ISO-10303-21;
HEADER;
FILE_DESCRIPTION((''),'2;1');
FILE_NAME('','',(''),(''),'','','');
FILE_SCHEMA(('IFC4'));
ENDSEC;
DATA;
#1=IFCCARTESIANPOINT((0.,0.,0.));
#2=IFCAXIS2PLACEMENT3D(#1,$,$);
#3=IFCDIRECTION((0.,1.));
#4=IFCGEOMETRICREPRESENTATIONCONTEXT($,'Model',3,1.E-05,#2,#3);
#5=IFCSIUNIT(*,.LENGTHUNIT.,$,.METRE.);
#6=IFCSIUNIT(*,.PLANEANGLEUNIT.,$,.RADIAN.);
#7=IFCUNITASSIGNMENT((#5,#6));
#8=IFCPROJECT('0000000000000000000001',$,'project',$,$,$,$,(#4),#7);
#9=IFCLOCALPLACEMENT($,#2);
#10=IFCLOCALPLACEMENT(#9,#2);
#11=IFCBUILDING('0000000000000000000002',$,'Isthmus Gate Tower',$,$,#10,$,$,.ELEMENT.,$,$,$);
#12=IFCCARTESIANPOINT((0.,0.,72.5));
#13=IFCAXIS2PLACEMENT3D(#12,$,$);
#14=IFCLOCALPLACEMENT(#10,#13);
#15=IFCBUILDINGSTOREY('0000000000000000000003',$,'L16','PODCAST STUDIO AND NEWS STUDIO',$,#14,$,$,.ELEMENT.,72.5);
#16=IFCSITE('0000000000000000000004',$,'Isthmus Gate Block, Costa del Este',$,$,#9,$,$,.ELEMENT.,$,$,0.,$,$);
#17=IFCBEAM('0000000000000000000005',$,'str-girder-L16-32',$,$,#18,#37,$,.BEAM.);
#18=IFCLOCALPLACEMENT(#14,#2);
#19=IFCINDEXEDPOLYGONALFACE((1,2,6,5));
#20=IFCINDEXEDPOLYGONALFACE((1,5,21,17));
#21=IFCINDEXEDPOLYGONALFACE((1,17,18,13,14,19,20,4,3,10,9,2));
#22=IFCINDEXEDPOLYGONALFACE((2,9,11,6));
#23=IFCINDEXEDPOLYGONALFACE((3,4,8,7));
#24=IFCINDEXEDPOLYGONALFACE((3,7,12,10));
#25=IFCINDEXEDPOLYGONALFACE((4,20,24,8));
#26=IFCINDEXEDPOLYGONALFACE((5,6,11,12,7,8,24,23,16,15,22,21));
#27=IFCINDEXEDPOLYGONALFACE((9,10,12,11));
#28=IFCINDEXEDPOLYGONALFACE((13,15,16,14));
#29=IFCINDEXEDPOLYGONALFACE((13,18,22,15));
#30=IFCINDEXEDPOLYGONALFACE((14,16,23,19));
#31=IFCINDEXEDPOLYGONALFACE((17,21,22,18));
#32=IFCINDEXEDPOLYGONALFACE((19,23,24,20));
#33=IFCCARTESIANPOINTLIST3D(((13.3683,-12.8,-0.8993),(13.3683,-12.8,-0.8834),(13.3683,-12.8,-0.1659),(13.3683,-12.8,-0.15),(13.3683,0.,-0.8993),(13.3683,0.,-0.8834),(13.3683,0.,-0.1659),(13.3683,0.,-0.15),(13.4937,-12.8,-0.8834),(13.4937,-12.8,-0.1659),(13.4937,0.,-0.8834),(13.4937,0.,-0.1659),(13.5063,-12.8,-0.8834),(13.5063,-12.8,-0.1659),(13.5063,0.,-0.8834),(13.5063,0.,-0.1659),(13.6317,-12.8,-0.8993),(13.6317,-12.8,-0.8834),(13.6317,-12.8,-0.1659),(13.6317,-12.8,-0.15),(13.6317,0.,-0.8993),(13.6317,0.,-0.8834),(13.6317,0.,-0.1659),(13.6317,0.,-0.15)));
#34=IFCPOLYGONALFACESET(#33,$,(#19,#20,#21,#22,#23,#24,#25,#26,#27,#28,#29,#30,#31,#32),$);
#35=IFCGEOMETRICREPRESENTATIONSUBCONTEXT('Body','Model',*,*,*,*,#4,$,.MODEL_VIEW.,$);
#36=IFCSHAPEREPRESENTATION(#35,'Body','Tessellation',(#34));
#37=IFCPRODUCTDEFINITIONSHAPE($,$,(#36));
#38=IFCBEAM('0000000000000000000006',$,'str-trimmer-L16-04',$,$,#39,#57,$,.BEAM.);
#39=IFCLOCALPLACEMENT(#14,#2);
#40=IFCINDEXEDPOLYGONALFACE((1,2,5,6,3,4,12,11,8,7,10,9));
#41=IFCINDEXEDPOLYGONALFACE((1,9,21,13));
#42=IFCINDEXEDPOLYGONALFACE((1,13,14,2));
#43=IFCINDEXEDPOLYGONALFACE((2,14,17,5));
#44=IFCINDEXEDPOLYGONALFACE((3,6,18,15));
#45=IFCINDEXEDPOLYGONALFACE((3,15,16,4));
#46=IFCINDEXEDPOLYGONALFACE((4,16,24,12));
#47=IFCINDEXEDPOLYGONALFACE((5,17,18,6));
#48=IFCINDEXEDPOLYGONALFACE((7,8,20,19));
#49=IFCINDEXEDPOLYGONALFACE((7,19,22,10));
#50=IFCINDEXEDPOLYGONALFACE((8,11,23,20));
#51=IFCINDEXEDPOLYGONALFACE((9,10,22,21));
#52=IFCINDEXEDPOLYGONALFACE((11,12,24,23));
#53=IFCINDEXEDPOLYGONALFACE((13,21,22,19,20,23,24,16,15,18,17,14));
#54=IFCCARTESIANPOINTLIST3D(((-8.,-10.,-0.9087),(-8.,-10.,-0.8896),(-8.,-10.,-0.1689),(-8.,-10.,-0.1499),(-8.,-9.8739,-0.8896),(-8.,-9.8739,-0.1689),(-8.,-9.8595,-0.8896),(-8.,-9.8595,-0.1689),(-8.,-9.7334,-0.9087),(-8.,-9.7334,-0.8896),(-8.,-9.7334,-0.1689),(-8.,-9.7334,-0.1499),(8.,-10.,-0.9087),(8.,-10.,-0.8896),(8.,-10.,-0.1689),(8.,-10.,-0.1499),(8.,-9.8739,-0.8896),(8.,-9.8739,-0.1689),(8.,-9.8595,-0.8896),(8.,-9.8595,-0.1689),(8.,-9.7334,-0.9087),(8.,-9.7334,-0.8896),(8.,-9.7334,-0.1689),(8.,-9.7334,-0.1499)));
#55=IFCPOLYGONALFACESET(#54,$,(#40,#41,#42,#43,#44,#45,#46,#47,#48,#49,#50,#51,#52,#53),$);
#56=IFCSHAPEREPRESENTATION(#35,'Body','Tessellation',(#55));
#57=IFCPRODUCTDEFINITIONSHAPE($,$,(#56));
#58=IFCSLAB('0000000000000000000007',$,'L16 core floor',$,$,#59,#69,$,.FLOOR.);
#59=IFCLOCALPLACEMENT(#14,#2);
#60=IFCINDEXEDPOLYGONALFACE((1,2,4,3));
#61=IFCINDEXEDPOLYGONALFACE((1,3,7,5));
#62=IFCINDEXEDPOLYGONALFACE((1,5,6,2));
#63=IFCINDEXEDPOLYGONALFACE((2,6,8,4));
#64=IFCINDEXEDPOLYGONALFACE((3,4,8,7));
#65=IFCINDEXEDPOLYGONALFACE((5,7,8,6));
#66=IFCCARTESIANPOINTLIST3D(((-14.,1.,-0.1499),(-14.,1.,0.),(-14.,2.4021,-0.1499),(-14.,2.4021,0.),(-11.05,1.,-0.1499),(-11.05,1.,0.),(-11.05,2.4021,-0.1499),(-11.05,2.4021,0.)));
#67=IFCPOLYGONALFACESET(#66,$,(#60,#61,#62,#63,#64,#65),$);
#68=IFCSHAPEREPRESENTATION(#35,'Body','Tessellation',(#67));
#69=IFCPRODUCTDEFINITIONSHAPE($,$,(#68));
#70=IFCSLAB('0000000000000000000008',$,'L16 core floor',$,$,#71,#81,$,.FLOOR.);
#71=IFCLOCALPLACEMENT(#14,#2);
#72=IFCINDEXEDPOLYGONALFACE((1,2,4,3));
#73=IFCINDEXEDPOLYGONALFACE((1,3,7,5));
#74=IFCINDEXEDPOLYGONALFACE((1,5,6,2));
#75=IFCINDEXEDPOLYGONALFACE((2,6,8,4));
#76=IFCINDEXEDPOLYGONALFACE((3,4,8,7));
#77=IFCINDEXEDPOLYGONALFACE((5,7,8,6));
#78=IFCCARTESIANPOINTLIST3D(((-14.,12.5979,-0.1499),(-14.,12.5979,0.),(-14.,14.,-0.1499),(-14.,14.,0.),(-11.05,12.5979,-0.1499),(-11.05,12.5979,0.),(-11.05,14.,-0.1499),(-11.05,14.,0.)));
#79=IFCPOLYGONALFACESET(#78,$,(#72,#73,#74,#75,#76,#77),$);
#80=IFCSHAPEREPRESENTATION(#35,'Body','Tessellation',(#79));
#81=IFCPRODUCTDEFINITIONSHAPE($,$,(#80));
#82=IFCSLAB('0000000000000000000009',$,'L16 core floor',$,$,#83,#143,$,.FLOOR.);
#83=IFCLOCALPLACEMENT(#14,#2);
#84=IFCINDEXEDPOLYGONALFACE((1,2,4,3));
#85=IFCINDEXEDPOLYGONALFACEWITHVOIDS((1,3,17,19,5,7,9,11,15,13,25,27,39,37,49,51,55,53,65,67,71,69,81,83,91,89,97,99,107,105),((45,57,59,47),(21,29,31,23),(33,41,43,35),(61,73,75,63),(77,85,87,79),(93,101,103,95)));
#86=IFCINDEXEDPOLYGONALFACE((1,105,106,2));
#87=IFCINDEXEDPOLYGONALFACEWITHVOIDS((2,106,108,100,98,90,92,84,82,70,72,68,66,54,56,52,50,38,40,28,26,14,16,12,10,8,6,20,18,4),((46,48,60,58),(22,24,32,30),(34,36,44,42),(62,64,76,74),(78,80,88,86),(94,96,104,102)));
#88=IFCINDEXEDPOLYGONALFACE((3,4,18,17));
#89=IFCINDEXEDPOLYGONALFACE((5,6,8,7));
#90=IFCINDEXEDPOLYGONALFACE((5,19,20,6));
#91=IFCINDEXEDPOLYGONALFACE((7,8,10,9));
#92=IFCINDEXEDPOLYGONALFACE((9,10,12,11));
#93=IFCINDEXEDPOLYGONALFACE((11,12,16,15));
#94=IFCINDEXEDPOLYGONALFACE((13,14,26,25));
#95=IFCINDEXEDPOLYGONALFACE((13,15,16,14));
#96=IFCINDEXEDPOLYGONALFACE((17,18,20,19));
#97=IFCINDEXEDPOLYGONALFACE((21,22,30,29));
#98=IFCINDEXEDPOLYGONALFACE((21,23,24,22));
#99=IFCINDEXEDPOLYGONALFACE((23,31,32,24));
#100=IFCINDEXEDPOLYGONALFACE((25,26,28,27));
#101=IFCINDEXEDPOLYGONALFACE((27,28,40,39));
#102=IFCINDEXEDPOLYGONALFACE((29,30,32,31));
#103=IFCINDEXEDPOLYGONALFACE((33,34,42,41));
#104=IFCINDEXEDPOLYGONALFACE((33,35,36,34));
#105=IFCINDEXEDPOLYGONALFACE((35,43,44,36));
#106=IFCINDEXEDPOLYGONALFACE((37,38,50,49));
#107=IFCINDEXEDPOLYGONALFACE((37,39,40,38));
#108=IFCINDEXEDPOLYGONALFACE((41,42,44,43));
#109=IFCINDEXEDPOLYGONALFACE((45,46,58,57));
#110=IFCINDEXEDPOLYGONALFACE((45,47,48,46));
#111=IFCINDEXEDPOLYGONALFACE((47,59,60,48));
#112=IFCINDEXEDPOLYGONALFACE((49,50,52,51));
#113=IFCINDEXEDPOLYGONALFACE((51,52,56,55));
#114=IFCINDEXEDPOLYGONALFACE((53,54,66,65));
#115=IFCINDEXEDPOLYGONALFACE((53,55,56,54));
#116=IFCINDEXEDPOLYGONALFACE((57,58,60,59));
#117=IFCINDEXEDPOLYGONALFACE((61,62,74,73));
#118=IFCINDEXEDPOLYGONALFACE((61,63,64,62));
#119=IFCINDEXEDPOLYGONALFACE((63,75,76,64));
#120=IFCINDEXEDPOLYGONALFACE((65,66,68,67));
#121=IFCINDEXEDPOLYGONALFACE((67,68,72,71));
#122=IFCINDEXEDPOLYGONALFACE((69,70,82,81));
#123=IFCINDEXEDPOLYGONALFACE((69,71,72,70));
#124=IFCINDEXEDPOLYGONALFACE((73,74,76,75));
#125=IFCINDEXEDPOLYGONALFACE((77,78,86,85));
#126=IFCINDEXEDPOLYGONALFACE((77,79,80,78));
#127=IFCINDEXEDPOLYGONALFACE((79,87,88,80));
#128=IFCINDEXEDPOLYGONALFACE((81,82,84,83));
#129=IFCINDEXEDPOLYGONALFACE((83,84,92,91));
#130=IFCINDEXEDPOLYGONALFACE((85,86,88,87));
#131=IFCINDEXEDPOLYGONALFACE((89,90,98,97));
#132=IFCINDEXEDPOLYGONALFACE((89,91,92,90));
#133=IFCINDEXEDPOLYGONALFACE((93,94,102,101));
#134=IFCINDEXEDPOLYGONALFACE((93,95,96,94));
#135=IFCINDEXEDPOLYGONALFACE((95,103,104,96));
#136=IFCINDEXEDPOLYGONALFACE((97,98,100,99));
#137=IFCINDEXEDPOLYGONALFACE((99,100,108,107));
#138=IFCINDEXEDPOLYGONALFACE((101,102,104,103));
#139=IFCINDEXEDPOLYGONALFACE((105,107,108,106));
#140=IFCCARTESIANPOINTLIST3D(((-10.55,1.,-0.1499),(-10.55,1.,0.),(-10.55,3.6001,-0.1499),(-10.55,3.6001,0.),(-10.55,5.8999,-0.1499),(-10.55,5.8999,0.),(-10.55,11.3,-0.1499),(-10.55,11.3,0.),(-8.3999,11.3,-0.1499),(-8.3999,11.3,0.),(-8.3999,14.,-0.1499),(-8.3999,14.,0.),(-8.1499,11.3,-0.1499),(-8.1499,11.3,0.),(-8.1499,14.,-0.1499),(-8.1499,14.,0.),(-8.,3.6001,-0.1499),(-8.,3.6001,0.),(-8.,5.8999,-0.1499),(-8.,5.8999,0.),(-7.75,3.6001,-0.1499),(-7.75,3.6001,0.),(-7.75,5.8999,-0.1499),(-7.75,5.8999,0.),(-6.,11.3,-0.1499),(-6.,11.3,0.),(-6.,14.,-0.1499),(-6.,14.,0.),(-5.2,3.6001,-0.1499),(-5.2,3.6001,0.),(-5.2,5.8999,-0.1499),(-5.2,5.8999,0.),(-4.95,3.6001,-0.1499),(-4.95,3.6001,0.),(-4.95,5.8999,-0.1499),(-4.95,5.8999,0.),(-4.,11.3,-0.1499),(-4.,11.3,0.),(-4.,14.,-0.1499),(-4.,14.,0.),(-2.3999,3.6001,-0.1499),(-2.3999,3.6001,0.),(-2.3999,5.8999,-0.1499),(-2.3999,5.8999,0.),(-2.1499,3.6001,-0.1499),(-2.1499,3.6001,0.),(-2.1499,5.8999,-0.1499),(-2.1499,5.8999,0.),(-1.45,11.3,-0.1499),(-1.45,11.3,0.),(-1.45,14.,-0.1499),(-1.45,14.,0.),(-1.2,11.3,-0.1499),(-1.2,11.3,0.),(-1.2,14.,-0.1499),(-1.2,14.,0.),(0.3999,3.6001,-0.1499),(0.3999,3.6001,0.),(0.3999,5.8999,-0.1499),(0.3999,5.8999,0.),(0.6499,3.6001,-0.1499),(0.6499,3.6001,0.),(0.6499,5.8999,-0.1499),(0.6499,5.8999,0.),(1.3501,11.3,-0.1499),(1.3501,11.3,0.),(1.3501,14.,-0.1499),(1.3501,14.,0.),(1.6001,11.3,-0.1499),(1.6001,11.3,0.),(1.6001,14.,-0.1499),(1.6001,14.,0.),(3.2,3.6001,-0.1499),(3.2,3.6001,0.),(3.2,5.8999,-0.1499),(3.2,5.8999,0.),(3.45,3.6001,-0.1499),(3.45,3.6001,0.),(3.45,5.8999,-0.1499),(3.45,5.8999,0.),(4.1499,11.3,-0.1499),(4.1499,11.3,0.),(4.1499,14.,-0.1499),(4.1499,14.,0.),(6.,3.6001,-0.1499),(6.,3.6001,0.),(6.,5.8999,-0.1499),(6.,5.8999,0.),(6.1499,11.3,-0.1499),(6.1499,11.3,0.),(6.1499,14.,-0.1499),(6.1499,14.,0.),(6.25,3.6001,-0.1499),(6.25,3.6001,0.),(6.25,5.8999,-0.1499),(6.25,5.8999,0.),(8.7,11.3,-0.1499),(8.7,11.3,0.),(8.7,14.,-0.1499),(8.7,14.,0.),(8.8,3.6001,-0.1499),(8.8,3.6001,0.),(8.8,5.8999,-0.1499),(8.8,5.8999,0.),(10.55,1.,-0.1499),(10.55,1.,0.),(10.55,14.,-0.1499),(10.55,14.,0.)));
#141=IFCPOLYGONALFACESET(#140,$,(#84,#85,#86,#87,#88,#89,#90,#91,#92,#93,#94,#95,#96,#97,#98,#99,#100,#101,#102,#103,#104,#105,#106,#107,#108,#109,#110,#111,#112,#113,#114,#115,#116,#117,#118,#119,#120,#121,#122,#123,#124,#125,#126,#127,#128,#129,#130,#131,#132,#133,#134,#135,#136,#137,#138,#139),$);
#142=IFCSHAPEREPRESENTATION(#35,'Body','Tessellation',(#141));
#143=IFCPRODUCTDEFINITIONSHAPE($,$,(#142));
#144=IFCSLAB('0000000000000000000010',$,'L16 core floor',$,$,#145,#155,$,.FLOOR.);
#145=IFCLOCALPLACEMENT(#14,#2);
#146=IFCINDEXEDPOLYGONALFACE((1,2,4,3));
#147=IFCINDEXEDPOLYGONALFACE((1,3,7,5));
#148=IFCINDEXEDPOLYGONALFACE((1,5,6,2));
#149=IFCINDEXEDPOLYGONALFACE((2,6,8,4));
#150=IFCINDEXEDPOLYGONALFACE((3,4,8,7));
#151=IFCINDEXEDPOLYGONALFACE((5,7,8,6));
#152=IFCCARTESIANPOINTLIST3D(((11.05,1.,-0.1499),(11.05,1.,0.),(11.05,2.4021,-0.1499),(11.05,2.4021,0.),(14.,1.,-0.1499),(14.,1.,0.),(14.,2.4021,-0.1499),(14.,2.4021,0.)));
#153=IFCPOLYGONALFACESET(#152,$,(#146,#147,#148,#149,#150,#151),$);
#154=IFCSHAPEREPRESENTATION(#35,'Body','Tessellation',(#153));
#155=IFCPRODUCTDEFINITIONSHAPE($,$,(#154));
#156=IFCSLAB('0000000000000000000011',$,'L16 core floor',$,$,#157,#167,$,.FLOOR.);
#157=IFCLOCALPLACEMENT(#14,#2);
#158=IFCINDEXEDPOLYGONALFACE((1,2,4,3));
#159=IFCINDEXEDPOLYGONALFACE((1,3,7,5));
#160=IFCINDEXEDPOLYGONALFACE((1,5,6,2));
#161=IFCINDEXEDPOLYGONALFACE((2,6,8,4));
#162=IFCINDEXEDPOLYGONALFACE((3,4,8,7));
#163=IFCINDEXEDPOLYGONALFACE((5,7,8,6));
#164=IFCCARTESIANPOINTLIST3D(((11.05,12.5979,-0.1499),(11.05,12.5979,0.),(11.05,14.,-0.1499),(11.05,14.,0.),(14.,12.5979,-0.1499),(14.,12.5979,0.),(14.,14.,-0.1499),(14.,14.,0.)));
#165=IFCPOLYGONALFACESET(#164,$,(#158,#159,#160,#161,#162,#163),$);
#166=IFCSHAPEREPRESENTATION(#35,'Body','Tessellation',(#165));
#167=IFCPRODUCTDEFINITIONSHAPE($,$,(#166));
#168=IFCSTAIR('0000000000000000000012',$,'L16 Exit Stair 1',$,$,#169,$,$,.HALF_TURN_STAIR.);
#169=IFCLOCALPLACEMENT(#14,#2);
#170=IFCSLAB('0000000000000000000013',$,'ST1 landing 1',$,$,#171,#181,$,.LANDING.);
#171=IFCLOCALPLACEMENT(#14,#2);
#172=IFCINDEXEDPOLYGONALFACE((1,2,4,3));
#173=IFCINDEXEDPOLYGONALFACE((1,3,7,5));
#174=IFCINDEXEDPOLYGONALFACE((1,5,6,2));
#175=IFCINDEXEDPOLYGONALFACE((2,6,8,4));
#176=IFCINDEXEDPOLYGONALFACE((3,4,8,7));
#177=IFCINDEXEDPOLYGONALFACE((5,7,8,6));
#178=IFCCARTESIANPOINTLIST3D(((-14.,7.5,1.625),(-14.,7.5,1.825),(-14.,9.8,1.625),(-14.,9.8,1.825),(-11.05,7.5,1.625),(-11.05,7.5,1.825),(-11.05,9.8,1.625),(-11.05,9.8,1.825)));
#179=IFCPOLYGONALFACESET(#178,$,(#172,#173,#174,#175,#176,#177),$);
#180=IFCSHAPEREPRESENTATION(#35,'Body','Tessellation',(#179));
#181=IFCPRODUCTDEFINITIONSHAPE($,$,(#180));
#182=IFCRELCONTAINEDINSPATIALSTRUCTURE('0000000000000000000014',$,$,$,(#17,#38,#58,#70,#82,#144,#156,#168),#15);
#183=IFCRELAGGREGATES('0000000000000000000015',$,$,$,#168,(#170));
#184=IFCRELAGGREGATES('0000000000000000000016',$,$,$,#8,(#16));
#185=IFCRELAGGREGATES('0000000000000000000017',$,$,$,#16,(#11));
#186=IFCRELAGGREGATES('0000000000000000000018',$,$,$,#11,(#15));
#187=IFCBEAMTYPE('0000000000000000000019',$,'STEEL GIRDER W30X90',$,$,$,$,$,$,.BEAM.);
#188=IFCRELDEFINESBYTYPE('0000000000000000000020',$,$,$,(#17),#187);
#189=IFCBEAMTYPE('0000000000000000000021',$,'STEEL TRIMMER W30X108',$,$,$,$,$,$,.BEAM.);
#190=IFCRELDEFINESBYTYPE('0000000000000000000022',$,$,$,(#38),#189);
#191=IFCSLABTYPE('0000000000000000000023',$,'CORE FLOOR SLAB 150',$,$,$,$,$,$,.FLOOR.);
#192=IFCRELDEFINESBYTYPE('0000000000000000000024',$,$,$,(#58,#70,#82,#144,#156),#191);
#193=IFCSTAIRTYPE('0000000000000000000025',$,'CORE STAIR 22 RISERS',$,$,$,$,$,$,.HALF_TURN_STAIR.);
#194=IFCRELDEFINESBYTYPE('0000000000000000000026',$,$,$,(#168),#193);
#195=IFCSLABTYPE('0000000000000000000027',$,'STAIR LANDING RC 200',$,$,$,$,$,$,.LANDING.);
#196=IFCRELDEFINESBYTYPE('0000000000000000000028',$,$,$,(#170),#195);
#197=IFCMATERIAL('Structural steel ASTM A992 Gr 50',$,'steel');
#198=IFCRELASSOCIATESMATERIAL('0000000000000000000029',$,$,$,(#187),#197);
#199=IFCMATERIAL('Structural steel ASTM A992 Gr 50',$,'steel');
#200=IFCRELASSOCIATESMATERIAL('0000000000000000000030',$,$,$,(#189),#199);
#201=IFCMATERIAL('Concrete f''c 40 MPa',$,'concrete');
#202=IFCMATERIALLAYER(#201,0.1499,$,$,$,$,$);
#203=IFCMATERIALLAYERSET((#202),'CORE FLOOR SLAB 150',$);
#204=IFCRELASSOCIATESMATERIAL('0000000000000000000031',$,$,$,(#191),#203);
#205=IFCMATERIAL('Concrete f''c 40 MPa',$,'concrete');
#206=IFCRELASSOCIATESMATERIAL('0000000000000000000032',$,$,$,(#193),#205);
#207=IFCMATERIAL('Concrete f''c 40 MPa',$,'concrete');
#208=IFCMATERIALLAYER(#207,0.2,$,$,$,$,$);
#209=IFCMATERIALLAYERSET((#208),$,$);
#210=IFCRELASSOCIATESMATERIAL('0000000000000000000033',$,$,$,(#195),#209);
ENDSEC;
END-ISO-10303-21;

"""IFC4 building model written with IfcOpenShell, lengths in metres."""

from ifc_helpers import new_model, si_unit, direction, frame, origin, origin_2d, place, context, subcontext, project, spatial, polyline, i_section, outline, extrude, material, layer, layer_set, material_profile, profile_set, type_object, element, aggregate, save


model = new_model("IFC4")

# Units and contexts
model_context = context("Model", 3, precision=1e-05, world=origin(), true_north=direction((0.0, 1.0)))
body_context = subcontext(model_context, "Body", "Model", "MODEL_VIEW")
ifc_project = project(units=[si_unit("LENGTHUNIT", "METRE"), si_unit("PLANEANGLEUNIT", "RADIAN")], contexts=[model_context])

# Site, building, storey
site_placement = place(None, origin())
site = spatial("IfcSite", under=ifc_project, at=site_placement, Name="Isthmus Gate Block, Costa del Este", CompositionType="ELEMENT", RefElevation=0.0)
building_placement = place(site_placement, origin())
building = spatial("IfcBuilding", under=site, at=building_placement, Name="Isthmus Gate Tower", CompositionType="ELEMENT")
storey_placement = place(building_placement, frame((0.0, 0.0, 72.5)))
storey = spatial("IfcBuildingStorey", under=building, at=storey_placement, Name="L16", Description="PODCAST STUDIO AND NEWS STUDIO", CompositionType="ELEMENT", Elevation=72.5)

# Beams
ifc_material_1 = material(Name="Structural steel ASTM A992 Gr 50", Category="steel")
ifc_material_profile_1 = material_profile(ifc_material_1, i_section(OverallWidth=0.2634, OverallDepth=0.7493, WebThickness=0.0127, FlangeThickness=0.0159, at=origin_2d()), Name="W30X90")
ifc_profile_set_1 = profile_set([ifc_material_profile_1], Name="Structural steel ASTM A992 Gr 50")
beam_type_1 = type_object("IfcBeamType", Name="STEEL GIRDER W30X90", PredefinedType="BEAM", material=ifc_profile_set_1)
beam_1_placement = place(storey_placement, frame((13.5, -12.8, -0.5247), z_axis=(0.0, 1.0, 0.0), x_axis=(-1.0, 0.0, 0.0)))
element("IfcBeam", 1, at=beam_1_placement, inside=storey, type_object=beam_type_1, Name="str-girder-L16-32", PredefinedType="BEAM", context=body_context, shape_type="SweptSolid", body=[
    extrude(i_section(OverallWidth=0.2634, OverallDepth=0.7493, WebThickness=0.0127, FlangeThickness=0.0159, at=origin_2d()), origin(), (0.0, 0.0, 1.0), 12.8),
])
ifc_material_2 = material(Name="Structural steel ASTM A992 Gr 50", Category="steel")
ifc_material_profile_2 = material_profile(ifc_material_2, i_section(OverallWidth=0.2666, OverallDepth=0.7588, WebThickness=0.0144, FlangeThickness=0.019, at=origin_2d()), Name="W30X108")
ifc_profile_set_2 = profile_set([ifc_material_profile_2], Name="Structural steel ASTM A992 Gr 50")
beam_type_2 = type_object("IfcBeamType", Name="STEEL TRIMMER W30X108", PredefinedType="BEAM", material=ifc_profile_set_2)
beam_2_placement = place(storey_placement, frame((8.0, -9.8667, -0.5293), z_axis=(-1.0, 0.0, 0.0), x_axis=(0.0, -1.0, 0.0)))
element("IfcBeam", 2, at=beam_2_placement, inside=storey, type_object=beam_type_2, Name="str-trimmer-L16-04", PredefinedType="BEAM", context=body_context, shape_type="SweptSolid", body=[
    extrude(i_section(OverallWidth=0.2666, OverallDepth=0.7588, WebThickness=0.0144, FlangeThickness=0.019, at=origin_2d()), origin(), (0.0, 0.0, 1.0), 16.0),
])

# Slabs
ifc_material_3 = material(Name="Concrete f'c 40 MPa", Category="concrete")
ifc_layer_1 = layer(ifc_material_3, 0.1499)
ifc_layer_set_1 = layer_set([ifc_layer_1], Name="CORE FLOOR SLAB 150")
slab_type_1 = type_object("IfcSlabType", Name="CORE FLOOR SLAB 150", PredefinedType="FLOOR", material=ifc_layer_set_1)
slab_1_placement = place(storey_placement, frame((0.0, 0.0, -0.1499)))
element("IfcSlab", 3, at=slab_1_placement, inside=storey, type_object=slab_type_1, Name="L16 core floor", PredefinedType="FLOOR", context=body_context, shape_type="SweptSolid", body=[
    extrude(outline(polyline([(-11.05, 1.0), (-11.05, 2.4021), (-14.0, 2.4021), (-14.0, 1.0), (-11.05, 1.0)])), origin(), (0.0, 0.0, 1.0), 0.1499),
])
slab_2_placement = place(storey_placement, frame((0.0, 0.0, -0.1499)))
element("IfcSlab", 4, at=slab_2_placement, inside=storey, type_object=slab_type_1, Name="L16 core floor", PredefinedType="FLOOR", context=body_context, shape_type="SweptSolid", body=[
    extrude(outline(polyline([(-14.0, 14.0), (-14.0, 12.5979), (-11.05, 12.5979), (-11.05, 14.0), (-14.0, 14.0)])), origin(), (0.0, 0.0, 1.0), 0.1499),
])
slab_3_placement = place(storey_placement, frame((0.0, 0.0, -0.1499)))
element("IfcSlab", 5, at=slab_3_placement, inside=storey, type_object=slab_type_1, Name="L16 core floor", PredefinedType="FLOOR", context=body_context, shape_type="SweptSolid", body=[
    extrude(outline(polyline([(10.55, 14.0), (8.7, 14.0), (8.7, 11.3), (6.1499, 11.3), (6.1499, 14.0), (4.1499, 14.0), (4.1499, 11.3), (1.6001, 11.3), (1.6001, 14.0), (1.3501, 14.0), (1.3501, 11.3), (-1.2, 11.3), (-1.2, 14.0), (-1.45, 14.0), (-1.45, 11.3), (-4.0, 11.3), (-4.0, 14.0), (-6.0, 14.0), (-6.0, 11.3), (-8.1499, 11.3), (-8.1499, 14.0), (-8.3999, 14.0), (-8.3999, 11.3), (-10.55, 11.3), (-10.55, 5.8999), (-8.0, 5.8999), (-8.0, 3.6001), (-10.55, 3.6001), (-10.55, 1.0), (10.55, 1.0), (10.55, 14.0)]), holes=[polyline([(-5.2, 5.8999), (-5.2, 3.6001), (-7.75, 3.6001), (-7.75, 5.8999), (-5.2, 5.8999)]), polyline([(-2.3999, 5.8999), (-2.3999, 3.6001), (-4.95, 3.6001), (-4.95, 5.8999), (-2.3999, 5.8999)]), polyline([(0.3999, 5.8999), (0.3999, 3.6001), (-2.1499, 3.6001), (-2.1499, 5.8999), (0.3999, 5.8999)]), polyline([(3.2, 5.8999), (3.2, 3.6001), (0.6499, 3.6001), (0.6499, 5.8999), (3.2, 5.8999)]), polyline([(6.0, 5.8999), (6.0, 3.6001), (3.45, 3.6001), (3.45, 5.8999), (6.0, 5.8999)]), polyline([(8.8, 5.8999), (8.8, 3.6001), (6.25, 3.6001), (6.25, 5.8999), (8.8, 5.8999)])]), origin(), (0.0, 0.0, 1.0), 0.1499),
])
slab_4_placement = place(storey_placement, frame((0.0, 0.0, -0.1499)))
element("IfcSlab", 6, at=slab_4_placement, inside=storey, type_object=slab_type_1, Name="L16 core floor", PredefinedType="FLOOR", context=body_context, shape_type="SweptSolid", body=[
    extrude(outline(polyline([(14.0, 1.0), (14.0, 2.4021), (11.05, 2.4021), (11.05, 1.0), (14.0, 1.0)])), origin(), (0.0, 0.0, 1.0), 0.1499),
])
slab_5_placement = place(storey_placement, frame((0.0, 0.0, -0.1499)))
element("IfcSlab", 7, at=slab_5_placement, inside=storey, type_object=slab_type_1, Name="L16 core floor", PredefinedType="FLOOR", context=body_context, shape_type="SweptSolid", body=[
    extrude(outline(polyline([(11.05, 14.0), (11.05, 12.5979), (14.0, 12.5979), (14.0, 14.0), (11.05, 14.0)])), origin(), (0.0, 0.0, 1.0), 0.1499),
])

# Stair, slab
ifc_material_4 = material(Name="Concrete f'c 40 MPa", Category="concrete")
stair_type = type_object("IfcStairType", Name="CORE STAIR 22 RISERS", PredefinedType="HALF_TURN_STAIR", material=ifc_material_4)
stair_1_placement = place(storey_placement, origin())
stair_1 = element("IfcStair", 8, at=stair_1_placement, inside=storey, type_object=stair_type, Name="L16 Exit Stair 1", PredefinedType="HALF_TURN_STAIR")
ifc_material_5 = material(Name="Concrete f'c 40 MPa", Category="concrete")
ifc_layer_2 = layer(ifc_material_5, 0.2)
ifc_layer_set_2 = layer_set([ifc_layer_2])
slab_type_2 = type_object("IfcSlabType", Name="STAIR LANDING RC 200", PredefinedType="LANDING", material=ifc_layer_set_2)
slab_6_placement = place(storey_placement, frame((0.0, 0.0, 1.625)))
slab_6 = element("IfcSlab", 9, at=slab_6_placement, type_object=slab_type_2, Name="ST1 landing 1", PredefinedType="LANDING", context=body_context, shape_type="SweptSolid", body=[
    extrude(outline(polyline([(-14.0, 9.8), (-14.0, 7.5), (-11.05, 7.5), (-11.05, 9.8), (-14.0, 9.8)])), origin(), (0.0, 0.0, 1.0), 0.2),
])
aggregate(stair_1, [slab_6])

save(model, "model.ifc")
